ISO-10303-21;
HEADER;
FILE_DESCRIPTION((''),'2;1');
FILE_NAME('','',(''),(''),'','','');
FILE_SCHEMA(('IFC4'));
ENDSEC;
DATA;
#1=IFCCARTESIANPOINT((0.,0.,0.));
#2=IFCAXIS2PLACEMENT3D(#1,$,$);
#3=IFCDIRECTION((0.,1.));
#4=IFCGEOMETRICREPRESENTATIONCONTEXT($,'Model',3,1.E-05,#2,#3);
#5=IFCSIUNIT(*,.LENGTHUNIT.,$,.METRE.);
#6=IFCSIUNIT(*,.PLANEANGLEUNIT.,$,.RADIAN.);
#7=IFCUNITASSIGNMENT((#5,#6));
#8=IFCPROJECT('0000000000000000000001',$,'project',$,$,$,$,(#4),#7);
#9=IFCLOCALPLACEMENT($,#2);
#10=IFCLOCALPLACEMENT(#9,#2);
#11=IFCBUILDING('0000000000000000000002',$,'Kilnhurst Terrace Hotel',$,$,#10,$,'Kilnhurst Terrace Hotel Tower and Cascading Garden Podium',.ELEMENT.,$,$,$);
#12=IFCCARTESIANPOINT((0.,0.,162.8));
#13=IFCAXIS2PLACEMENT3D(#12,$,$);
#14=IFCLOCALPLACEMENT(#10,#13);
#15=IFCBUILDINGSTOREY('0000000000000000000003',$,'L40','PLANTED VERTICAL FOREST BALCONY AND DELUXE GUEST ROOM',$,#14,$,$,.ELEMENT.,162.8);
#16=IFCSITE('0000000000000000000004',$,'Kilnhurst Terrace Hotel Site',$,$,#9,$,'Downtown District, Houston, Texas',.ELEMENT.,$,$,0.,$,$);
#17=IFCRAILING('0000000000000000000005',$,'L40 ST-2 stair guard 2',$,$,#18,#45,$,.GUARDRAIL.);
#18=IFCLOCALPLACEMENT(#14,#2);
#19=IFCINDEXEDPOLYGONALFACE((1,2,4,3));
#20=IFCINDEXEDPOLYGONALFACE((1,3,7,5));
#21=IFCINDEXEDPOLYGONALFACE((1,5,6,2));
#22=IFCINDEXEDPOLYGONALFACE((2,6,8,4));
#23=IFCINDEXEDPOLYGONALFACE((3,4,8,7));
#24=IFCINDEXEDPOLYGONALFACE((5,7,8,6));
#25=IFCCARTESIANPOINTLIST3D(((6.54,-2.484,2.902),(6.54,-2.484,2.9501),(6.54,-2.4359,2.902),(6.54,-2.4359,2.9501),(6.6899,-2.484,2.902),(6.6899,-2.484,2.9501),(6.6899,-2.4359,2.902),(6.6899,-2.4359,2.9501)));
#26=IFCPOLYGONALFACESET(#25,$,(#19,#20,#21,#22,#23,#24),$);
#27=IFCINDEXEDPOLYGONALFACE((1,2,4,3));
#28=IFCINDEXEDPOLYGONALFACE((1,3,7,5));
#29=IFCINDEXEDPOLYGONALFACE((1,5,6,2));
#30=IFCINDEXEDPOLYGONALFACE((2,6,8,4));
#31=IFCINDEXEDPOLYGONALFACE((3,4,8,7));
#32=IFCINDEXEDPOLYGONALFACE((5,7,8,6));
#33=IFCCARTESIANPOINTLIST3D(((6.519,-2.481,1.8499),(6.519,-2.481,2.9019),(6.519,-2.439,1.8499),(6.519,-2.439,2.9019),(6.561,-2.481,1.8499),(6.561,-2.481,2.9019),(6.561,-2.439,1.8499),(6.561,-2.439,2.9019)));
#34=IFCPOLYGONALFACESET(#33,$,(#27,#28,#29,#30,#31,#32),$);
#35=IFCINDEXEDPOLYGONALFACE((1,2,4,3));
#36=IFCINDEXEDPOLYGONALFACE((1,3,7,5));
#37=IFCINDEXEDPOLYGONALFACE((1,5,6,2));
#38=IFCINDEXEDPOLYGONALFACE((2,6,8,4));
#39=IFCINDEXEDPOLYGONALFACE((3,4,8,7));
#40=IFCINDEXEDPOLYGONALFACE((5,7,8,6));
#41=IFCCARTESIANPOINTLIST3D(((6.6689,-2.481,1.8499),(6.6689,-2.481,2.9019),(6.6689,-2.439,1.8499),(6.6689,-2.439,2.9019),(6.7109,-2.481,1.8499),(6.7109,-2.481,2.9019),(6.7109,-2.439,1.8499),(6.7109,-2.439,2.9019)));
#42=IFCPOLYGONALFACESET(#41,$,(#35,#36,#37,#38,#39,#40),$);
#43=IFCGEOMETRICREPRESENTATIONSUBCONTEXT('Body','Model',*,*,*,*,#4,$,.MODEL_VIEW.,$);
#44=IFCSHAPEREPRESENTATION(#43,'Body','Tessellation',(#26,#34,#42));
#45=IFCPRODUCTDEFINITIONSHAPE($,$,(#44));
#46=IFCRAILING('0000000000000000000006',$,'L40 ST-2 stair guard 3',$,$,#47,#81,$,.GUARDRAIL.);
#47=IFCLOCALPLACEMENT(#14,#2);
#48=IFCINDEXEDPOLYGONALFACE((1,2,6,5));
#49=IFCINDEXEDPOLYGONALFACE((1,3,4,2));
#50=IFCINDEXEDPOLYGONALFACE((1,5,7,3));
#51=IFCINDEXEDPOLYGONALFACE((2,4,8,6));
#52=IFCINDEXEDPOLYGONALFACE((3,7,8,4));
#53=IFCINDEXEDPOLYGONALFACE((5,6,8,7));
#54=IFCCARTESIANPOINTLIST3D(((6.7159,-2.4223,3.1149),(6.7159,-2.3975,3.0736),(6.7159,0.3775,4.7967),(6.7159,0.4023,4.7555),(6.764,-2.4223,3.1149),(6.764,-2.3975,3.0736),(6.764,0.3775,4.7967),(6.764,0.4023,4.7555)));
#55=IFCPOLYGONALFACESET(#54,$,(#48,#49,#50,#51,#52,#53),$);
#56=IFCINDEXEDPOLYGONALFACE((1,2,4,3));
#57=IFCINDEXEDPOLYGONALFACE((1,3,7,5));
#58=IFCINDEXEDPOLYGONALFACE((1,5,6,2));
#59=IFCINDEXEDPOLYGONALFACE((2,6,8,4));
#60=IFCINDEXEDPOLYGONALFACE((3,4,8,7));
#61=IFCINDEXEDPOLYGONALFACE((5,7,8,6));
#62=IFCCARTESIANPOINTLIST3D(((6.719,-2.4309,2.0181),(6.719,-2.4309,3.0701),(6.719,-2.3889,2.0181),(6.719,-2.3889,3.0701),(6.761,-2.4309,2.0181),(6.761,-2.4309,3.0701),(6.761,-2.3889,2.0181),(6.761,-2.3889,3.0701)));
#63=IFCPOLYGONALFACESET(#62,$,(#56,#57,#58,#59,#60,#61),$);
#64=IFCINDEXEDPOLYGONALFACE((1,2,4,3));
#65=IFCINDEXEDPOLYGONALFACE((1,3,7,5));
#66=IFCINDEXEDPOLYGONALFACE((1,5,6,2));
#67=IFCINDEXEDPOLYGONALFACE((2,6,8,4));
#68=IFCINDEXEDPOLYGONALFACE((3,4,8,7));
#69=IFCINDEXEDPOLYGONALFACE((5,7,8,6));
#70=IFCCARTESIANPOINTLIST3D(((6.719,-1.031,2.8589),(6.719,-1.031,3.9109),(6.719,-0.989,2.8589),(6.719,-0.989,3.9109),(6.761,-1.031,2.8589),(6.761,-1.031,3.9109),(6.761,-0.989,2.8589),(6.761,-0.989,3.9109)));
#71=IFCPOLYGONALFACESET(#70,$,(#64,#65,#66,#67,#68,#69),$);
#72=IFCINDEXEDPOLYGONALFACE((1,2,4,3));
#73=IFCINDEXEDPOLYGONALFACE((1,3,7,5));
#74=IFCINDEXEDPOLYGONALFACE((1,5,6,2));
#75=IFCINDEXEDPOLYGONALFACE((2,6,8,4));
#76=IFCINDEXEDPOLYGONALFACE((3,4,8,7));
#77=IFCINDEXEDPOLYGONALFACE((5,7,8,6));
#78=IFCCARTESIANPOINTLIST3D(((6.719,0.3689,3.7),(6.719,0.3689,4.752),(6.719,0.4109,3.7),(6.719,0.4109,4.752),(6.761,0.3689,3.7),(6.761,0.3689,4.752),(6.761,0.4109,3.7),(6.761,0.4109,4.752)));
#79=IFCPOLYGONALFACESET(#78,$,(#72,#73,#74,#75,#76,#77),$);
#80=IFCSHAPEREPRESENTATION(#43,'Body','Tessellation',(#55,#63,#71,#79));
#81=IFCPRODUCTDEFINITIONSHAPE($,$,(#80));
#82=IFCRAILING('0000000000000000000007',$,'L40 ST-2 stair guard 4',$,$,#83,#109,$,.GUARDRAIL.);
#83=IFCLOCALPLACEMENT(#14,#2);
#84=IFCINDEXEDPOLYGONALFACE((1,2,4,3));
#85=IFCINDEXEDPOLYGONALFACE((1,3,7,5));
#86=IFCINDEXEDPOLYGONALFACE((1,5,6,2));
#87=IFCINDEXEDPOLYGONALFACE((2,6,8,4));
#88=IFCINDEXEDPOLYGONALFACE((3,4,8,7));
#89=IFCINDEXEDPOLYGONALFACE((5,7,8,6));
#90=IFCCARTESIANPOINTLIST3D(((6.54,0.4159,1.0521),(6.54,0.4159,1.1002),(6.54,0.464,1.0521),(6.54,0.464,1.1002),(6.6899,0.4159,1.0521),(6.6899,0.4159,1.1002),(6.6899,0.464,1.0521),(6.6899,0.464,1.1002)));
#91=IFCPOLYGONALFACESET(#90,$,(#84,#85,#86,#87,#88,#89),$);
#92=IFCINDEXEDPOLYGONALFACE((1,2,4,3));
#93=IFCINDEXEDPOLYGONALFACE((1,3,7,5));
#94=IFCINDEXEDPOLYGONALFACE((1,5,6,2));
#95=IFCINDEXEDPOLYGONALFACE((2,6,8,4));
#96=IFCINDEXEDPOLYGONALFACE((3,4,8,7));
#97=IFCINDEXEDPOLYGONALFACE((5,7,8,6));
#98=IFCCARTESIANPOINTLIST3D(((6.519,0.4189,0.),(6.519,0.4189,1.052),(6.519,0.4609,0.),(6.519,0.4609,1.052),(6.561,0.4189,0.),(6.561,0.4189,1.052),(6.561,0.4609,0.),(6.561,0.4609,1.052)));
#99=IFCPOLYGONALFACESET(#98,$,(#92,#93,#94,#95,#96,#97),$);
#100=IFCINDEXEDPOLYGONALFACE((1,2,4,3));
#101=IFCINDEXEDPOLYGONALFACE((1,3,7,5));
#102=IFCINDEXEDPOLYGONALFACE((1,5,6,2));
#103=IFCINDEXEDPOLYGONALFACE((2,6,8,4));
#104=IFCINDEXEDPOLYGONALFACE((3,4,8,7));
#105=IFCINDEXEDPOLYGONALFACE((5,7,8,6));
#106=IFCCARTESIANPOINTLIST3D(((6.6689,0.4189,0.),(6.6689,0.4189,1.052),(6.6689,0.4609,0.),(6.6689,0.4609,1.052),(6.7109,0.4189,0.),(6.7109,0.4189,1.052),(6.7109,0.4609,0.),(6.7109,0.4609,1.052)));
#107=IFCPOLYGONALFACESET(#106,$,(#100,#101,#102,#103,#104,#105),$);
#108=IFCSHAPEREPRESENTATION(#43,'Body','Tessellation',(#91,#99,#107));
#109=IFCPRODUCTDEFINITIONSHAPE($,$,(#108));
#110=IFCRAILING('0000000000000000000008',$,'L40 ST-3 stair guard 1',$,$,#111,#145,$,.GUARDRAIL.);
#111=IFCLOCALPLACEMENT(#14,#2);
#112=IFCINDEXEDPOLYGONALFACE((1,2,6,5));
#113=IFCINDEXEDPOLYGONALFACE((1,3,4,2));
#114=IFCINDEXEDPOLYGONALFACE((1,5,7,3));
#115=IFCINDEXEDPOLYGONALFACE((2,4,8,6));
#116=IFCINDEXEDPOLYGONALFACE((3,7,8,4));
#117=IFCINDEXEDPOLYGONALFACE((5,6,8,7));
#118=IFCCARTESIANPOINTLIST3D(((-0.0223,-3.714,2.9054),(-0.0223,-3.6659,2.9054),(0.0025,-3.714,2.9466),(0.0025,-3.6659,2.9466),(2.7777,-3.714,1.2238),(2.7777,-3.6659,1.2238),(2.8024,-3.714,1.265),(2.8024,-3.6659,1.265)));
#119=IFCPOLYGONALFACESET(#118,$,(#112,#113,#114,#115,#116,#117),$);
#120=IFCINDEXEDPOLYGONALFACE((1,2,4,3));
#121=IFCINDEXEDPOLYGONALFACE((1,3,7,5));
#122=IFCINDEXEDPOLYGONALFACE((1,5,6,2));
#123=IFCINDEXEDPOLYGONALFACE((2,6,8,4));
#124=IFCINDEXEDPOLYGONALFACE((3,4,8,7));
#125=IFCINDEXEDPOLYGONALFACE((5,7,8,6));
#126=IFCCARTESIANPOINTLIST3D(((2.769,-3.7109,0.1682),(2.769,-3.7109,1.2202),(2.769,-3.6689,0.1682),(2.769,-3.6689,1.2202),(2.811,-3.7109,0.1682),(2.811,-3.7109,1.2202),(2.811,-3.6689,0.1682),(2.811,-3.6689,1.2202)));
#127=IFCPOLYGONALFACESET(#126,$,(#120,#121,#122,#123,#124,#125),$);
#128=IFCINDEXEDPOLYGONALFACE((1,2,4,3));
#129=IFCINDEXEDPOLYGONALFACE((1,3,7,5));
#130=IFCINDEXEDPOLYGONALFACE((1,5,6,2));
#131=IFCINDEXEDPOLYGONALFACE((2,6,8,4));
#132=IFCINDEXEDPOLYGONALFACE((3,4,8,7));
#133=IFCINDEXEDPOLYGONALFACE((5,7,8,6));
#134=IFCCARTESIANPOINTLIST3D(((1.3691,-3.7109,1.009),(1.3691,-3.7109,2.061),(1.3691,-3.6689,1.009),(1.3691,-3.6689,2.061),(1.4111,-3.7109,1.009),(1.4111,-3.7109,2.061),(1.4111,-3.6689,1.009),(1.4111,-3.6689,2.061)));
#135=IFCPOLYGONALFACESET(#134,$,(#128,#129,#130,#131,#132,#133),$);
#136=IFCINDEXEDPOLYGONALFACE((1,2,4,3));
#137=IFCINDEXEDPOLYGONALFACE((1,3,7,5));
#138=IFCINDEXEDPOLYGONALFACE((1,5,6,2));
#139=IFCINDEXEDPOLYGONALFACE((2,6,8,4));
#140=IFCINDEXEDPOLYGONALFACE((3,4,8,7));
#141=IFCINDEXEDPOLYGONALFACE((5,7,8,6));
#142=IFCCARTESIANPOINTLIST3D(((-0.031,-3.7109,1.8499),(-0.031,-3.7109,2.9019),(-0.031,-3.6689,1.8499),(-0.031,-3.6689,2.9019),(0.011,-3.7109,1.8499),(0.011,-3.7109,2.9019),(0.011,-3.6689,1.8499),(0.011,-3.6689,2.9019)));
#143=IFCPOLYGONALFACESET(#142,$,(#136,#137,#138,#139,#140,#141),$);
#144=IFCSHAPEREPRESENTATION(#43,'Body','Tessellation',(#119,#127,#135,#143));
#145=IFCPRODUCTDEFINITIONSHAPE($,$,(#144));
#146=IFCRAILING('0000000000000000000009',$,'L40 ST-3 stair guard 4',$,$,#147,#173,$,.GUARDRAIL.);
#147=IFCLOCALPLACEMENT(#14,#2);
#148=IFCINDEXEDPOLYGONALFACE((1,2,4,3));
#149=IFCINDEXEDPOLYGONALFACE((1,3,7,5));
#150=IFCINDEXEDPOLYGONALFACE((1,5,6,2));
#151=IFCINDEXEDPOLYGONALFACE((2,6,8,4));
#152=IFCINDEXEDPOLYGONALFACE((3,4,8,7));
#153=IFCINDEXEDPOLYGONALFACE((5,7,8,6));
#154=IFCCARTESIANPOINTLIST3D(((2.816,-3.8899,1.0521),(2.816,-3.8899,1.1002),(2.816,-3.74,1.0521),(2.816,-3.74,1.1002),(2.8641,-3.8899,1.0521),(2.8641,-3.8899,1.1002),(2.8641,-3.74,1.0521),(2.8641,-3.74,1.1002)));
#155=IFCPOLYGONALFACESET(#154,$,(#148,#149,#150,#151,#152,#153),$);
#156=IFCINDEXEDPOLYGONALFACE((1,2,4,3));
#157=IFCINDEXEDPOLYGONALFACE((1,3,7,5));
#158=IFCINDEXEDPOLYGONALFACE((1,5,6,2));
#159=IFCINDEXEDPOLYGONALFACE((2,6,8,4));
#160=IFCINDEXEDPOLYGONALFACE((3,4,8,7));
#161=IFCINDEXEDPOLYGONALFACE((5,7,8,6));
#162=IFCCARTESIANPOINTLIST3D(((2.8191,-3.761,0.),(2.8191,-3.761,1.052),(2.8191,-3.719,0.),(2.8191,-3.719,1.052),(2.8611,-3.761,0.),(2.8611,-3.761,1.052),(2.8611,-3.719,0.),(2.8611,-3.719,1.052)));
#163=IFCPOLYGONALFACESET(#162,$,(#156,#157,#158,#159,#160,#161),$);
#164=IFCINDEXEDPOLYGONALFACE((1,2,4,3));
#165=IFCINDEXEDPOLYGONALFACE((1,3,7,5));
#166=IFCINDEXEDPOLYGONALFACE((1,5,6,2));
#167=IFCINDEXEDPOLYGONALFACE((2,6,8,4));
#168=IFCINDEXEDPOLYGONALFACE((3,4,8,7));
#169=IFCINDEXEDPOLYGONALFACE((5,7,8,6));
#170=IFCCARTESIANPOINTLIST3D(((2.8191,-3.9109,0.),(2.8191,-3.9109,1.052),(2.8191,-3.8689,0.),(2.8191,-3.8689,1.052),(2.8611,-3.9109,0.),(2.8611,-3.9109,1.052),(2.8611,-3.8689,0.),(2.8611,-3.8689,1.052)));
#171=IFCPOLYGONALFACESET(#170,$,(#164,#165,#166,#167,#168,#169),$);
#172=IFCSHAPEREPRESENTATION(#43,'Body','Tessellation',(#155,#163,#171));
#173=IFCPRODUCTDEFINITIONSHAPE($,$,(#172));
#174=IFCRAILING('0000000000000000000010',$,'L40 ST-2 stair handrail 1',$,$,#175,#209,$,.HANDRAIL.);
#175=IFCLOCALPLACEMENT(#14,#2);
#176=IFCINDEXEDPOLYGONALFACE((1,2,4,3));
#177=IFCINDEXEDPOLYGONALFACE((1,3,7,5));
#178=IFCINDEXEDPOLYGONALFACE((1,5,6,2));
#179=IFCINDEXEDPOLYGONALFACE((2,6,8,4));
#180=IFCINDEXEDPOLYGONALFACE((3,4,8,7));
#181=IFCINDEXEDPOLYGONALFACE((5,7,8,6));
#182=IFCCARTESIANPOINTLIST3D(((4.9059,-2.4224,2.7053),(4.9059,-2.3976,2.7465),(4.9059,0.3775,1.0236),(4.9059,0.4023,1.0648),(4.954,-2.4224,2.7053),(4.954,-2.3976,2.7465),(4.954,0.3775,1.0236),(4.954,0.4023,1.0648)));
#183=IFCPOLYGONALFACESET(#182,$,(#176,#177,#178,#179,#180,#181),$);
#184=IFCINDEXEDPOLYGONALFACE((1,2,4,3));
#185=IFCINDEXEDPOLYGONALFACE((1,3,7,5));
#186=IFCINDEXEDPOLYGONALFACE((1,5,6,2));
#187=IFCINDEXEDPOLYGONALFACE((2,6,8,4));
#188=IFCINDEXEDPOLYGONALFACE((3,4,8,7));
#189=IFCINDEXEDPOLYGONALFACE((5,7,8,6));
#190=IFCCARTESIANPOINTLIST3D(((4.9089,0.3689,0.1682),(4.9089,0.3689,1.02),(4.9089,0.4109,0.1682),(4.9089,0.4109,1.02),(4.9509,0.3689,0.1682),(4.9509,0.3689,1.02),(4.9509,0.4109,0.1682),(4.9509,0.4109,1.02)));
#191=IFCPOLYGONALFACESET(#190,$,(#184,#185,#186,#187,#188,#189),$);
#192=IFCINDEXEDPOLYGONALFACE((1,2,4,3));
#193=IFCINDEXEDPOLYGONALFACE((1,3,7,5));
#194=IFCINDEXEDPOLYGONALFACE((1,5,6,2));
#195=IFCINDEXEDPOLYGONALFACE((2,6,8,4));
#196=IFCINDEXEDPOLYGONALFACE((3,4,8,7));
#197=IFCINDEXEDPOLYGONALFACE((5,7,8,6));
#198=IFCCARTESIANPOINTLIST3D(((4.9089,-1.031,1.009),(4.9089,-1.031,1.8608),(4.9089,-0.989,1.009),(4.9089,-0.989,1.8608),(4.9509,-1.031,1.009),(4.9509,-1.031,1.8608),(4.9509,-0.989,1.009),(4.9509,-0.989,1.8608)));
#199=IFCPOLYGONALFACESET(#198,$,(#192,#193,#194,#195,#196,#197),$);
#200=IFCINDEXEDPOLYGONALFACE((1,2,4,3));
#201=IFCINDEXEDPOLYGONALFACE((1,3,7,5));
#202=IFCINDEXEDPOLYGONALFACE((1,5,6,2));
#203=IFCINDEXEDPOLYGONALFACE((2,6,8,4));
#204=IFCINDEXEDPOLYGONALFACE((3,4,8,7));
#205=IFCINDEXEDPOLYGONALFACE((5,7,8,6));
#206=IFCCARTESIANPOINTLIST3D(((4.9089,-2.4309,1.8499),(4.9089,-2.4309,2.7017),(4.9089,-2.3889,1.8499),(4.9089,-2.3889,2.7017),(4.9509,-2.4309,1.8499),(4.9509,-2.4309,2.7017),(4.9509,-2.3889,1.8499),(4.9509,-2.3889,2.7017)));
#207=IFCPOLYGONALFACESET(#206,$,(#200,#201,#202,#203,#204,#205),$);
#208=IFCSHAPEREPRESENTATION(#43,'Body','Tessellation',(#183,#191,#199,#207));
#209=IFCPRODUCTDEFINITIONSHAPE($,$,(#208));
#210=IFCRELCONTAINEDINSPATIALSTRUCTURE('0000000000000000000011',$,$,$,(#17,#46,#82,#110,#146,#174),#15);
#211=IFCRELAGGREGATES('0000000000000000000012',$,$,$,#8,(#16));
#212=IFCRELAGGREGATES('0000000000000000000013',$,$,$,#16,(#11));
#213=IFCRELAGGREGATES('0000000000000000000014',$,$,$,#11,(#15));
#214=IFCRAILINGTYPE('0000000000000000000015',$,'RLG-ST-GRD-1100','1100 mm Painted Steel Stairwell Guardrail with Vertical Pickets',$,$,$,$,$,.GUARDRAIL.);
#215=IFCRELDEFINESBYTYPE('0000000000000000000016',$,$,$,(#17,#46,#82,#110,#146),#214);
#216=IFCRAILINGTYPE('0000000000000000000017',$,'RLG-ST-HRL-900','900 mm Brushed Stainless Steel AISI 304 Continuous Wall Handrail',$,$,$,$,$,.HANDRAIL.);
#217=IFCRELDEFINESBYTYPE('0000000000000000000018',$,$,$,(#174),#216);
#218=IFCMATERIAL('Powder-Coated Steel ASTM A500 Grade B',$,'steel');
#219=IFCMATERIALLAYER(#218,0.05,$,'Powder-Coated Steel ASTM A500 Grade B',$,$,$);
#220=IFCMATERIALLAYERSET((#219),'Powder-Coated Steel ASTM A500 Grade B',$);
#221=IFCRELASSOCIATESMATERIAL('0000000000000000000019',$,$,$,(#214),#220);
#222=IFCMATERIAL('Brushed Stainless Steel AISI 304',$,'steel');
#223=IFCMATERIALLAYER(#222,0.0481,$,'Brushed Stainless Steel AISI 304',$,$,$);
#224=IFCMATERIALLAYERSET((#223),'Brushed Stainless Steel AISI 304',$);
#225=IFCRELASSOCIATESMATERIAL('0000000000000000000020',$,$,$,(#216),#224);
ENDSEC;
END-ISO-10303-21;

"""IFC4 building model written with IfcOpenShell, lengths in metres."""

from ifc_helpers import new_model, si_unit, direction, frame, origin, origin_2d, place, context, subcontext, project, spatial, rectangle, extrude, material, layer, layer_set, type_object, element, save


model = new_model("IFC4")

# Units and contexts
model_context = context("Model", 3, precision=1e-05, world=origin(), true_north=direction((0.0, 1.0)))
body_context = subcontext(model_context, "Body", "Model", "MODEL_VIEW")
ifc_project = project(units=[si_unit("LENGTHUNIT", "METRE"), si_unit("PLANEANGLEUNIT", "RADIAN")], contexts=[model_context])

# Site, building, storey
site_placement = place(None, origin())
site = spatial("IfcSite", under=ifc_project, at=site_placement, Name="Kilnhurst Terrace Hotel Site", LongName="Downtown District, Houston, Texas", CompositionType="ELEMENT", RefElevation=0.0)
building_placement = place(site_placement, origin())
building = spatial("IfcBuilding", under=site, at=building_placement, Name="Kilnhurst Terrace Hotel", LongName="Kilnhurst Terrace Hotel Tower and Cascading Garden Podium", CompositionType="ELEMENT")
storey_placement = place(building_placement, frame((0.0, 0.0, 162.8)))
storey = spatial("IfcBuildingStorey", under=building, at=storey_placement, Name="L40", Description="PLANTED VERTICAL FOREST BALCONY AND DELUXE GUEST ROOM", CompositionType="ELEMENT", Elevation=162.8)

# Railings
ifc_material_1 = material(Name="Powder-Coated Steel ASTM A500 Grade B", Category="steel")
ifc_layer_1 = layer(ifc_material_1, 0.05, Name="Powder-Coated Steel ASTM A500 Grade B")
ifc_layer_set_1 = layer_set([ifc_layer_1], Name="Powder-Coated Steel ASTM A500 Grade B")
railing_type_1 = type_object("IfcRailingType", Name="RLG-ST-GRD-1100", Description="1100 mm Painted Steel Stairwell Guardrail with Vertical Pickets", PredefinedType="GUARDRAIL", material=ifc_layer_set_1)
railing_1_placement = place(storey_placement, frame((6.54, -2.46, 1.8499)))
element("IfcRailing", 1, at=railing_1_placement, inside=storey, type_object=railing_type_1, Name="L40 ST-2 stair guard 2", PredefinedType="GUARDRAIL", context=body_context, shape_type="SweptSolid", body=[
    extrude(rectangle(XDim=0.0481, YDim=0.0481, at=origin_2d()), frame((0.0, 0.0, 1.0762), z_axis=(1.0, 0.0, 0.0), x_axis=(0.0, 1.0, 0.0)), (0.0, 0.0, 1.0), 0.1499),
    extrude(rectangle(XDim=0.042, YDim=0.042, at=origin_2d()), origin(), (0.0, 0.0, 1.0), 1.052),
    extrude(rectangle(XDim=0.042, YDim=0.042, at=origin_2d()), frame((0.1499, 0.0, 0.0)), (0.0, 0.0, 1.0), 1.052),
])
railing_2_placement = place(storey_placement, frame((6.74, -2.4099, 2.0181)))
element("IfcRailing", 2, at=railing_2_placement, inside=storey, type_object=railing_type_1, Name="L40 ST-2 stair guard 3", PredefinedType="GUARDRAIL", context=body_context, shape_type="SweptSolid", body=[
    extrude(rectangle(XDim=0.0481, YDim=0.0481, at=origin_2d()), frame((0.0, 0.0, 1.0762), z_axis=(0.0, 0.857222, 0.514946), x_axis=(-1.0, 0.0, 0.0)), (0.0, 0.0, 1.0), 3.2661),
    extrude(rectangle(XDim=0.042, YDim=0.042, at=origin_2d()), origin(), (0.0, 0.0, 1.0), 1.052),
    extrude(rectangle(XDim=0.042, YDim=0.042, at=origin_2d()), frame((0.0, 1.3999, 0.8408)), (0.0, 0.0, 1.0), 1.052),
    extrude(rectangle(XDim=0.042, YDim=0.042, at=origin_2d()), frame((0.0, 2.7998, 1.6819)), (0.0, 0.0, 1.0), 1.052),
])
railing_3_placement = place(storey_placement, frame((6.54, 0.4399, 0.0)))
element("IfcRailing", 3, at=railing_3_placement, inside=storey, type_object=railing_type_1, Name="L40 ST-2 stair guard 4", PredefinedType="GUARDRAIL", context=body_context, shape_type="SweptSolid", body=[
    extrude(rectangle(XDim=0.0481, YDim=0.0481, at=origin_2d()), frame((0.0, 0.0, 1.0762), z_axis=(1.0, 0.0, 0.0), x_axis=(0.0, 1.0, 0.0)), (0.0, 0.0, 1.0), 0.1499),
    extrude(rectangle(XDim=0.042, YDim=0.042, at=origin_2d()), origin(), (0.0, 0.0, 1.0), 1.052),
    extrude(rectangle(XDim=0.042, YDim=0.042, at=origin_2d()), frame((0.1499, 0.0, 0.0)), (0.0, 0.0, 1.0), 1.052),
])
railing_4_placement = place(storey_placement, frame((2.79, -3.6899, 0.1682)))
element("IfcRailing", 4, at=railing_4_placement, inside=storey, type_object=railing_type_1, Name="L40 ST-3 stair guard 1", PredefinedType="GUARDRAIL", context=body_context, shape_type="SweptSolid", body=[
    extrude(rectangle(XDim=0.0481, YDim=0.0481, at=origin_2d()), frame((0.0, 0.0, 1.0762), z_axis=(-0.857275, 0.0, 0.514858), x_axis=(0.0, -1.0, 0.0)), (0.0, 0.0, 1.0), 3.2661),
    extrude(rectangle(XDim=0.042, YDim=0.042, at=origin_2d()), origin(), (0.0, 0.0, 1.0), 1.052),
    extrude(rectangle(XDim=0.042, YDim=0.042, at=origin_2d()), frame((-1.3999, 0.0, 0.8408)), (0.0, 0.0, 1.0), 1.052),
    extrude(rectangle(XDim=0.042, YDim=0.042, at=origin_2d()), frame((-2.8, 0.0, 1.6816)), (0.0, 0.0, 1.0), 1.052),
])
railing_5_placement = place(storey_placement, frame((2.8401, -3.74, 0.0)))
element("IfcRailing", 5, at=railing_5_placement, inside=storey, type_object=railing_type_1, Name="L40 ST-3 stair guard 4", PredefinedType="GUARDRAIL", context=body_context, shape_type="SweptSolid", body=[
    extrude(rectangle(XDim=0.0481, YDim=0.0481, at=origin_2d()), frame((0.0, 0.0, 1.0762), z_axis=(0.0, -1.0, 0.0), x_axis=(1.0, 0.0, 0.0)), (0.0, 0.0, 1.0), 0.1499),
    extrude(rectangle(XDim=0.042, YDim=0.042, at=origin_2d()), origin(), (0.0, 0.0, 1.0), 1.052),
    extrude(rectangle(XDim=0.042, YDim=0.042, at=origin_2d()), frame((0.0, -0.1499, 0.0)), (0.0, 0.0, 1.0), 1.052),
])
ifc_material_2 = material(Name="Brushed Stainless Steel AISI 304", Category="steel")
ifc_layer_2 = layer(ifc_material_2, 0.0481, Name="Brushed Stainless Steel AISI 304")
ifc_layer_set_2 = layer_set([ifc_layer_2], Name="Brushed Stainless Steel AISI 304")
railing_type_2 = type_object("IfcRailingType", Name="RLG-ST-HRL-900", Description="900 mm Brushed Stainless Steel AISI 304 Continuous Wall Handrail", PredefinedType="HANDRAIL", material=ifc_layer_set_2)
railing_6_placement = place(storey_placement, frame((4.9299, 0.3899, 0.1682)))
element("IfcRailing", 6, at=railing_6_placement, inside=storey, type_object=railing_type_2, Name="L40 ST-2 stair handrail 1", PredefinedType="HANDRAIL", context=body_context, shape_type="SweptSolid", body=[
    extrude(rectangle(XDim=0.0481, YDim=0.0481, at=origin_2d()), frame((0.0, 0.0, 0.876), z_axis=(0.0, -0.857255, 0.514891), x_axis=(1.0, 0.0, 0.0)), (0.0, 0.0, 1.0), 3.2661),
    extrude(rectangle(XDim=0.042, YDim=0.042, at=origin_2d()), origin(), (0.0, 0.0, 1.0), 0.8518),
    extrude(rectangle(XDim=0.042, YDim=0.042, at=origin_2d()), frame((0.0, -1.3999, 0.8408)), (0.0, 0.0, 1.0), 0.8518),
    extrude(rectangle(XDim=0.042, YDim=0.042, at=origin_2d()), frame((0.0, -2.7998, 1.6816)), (0.0, 0.0, 1.0), 0.8518),
])

save(model, "model.ifc")
